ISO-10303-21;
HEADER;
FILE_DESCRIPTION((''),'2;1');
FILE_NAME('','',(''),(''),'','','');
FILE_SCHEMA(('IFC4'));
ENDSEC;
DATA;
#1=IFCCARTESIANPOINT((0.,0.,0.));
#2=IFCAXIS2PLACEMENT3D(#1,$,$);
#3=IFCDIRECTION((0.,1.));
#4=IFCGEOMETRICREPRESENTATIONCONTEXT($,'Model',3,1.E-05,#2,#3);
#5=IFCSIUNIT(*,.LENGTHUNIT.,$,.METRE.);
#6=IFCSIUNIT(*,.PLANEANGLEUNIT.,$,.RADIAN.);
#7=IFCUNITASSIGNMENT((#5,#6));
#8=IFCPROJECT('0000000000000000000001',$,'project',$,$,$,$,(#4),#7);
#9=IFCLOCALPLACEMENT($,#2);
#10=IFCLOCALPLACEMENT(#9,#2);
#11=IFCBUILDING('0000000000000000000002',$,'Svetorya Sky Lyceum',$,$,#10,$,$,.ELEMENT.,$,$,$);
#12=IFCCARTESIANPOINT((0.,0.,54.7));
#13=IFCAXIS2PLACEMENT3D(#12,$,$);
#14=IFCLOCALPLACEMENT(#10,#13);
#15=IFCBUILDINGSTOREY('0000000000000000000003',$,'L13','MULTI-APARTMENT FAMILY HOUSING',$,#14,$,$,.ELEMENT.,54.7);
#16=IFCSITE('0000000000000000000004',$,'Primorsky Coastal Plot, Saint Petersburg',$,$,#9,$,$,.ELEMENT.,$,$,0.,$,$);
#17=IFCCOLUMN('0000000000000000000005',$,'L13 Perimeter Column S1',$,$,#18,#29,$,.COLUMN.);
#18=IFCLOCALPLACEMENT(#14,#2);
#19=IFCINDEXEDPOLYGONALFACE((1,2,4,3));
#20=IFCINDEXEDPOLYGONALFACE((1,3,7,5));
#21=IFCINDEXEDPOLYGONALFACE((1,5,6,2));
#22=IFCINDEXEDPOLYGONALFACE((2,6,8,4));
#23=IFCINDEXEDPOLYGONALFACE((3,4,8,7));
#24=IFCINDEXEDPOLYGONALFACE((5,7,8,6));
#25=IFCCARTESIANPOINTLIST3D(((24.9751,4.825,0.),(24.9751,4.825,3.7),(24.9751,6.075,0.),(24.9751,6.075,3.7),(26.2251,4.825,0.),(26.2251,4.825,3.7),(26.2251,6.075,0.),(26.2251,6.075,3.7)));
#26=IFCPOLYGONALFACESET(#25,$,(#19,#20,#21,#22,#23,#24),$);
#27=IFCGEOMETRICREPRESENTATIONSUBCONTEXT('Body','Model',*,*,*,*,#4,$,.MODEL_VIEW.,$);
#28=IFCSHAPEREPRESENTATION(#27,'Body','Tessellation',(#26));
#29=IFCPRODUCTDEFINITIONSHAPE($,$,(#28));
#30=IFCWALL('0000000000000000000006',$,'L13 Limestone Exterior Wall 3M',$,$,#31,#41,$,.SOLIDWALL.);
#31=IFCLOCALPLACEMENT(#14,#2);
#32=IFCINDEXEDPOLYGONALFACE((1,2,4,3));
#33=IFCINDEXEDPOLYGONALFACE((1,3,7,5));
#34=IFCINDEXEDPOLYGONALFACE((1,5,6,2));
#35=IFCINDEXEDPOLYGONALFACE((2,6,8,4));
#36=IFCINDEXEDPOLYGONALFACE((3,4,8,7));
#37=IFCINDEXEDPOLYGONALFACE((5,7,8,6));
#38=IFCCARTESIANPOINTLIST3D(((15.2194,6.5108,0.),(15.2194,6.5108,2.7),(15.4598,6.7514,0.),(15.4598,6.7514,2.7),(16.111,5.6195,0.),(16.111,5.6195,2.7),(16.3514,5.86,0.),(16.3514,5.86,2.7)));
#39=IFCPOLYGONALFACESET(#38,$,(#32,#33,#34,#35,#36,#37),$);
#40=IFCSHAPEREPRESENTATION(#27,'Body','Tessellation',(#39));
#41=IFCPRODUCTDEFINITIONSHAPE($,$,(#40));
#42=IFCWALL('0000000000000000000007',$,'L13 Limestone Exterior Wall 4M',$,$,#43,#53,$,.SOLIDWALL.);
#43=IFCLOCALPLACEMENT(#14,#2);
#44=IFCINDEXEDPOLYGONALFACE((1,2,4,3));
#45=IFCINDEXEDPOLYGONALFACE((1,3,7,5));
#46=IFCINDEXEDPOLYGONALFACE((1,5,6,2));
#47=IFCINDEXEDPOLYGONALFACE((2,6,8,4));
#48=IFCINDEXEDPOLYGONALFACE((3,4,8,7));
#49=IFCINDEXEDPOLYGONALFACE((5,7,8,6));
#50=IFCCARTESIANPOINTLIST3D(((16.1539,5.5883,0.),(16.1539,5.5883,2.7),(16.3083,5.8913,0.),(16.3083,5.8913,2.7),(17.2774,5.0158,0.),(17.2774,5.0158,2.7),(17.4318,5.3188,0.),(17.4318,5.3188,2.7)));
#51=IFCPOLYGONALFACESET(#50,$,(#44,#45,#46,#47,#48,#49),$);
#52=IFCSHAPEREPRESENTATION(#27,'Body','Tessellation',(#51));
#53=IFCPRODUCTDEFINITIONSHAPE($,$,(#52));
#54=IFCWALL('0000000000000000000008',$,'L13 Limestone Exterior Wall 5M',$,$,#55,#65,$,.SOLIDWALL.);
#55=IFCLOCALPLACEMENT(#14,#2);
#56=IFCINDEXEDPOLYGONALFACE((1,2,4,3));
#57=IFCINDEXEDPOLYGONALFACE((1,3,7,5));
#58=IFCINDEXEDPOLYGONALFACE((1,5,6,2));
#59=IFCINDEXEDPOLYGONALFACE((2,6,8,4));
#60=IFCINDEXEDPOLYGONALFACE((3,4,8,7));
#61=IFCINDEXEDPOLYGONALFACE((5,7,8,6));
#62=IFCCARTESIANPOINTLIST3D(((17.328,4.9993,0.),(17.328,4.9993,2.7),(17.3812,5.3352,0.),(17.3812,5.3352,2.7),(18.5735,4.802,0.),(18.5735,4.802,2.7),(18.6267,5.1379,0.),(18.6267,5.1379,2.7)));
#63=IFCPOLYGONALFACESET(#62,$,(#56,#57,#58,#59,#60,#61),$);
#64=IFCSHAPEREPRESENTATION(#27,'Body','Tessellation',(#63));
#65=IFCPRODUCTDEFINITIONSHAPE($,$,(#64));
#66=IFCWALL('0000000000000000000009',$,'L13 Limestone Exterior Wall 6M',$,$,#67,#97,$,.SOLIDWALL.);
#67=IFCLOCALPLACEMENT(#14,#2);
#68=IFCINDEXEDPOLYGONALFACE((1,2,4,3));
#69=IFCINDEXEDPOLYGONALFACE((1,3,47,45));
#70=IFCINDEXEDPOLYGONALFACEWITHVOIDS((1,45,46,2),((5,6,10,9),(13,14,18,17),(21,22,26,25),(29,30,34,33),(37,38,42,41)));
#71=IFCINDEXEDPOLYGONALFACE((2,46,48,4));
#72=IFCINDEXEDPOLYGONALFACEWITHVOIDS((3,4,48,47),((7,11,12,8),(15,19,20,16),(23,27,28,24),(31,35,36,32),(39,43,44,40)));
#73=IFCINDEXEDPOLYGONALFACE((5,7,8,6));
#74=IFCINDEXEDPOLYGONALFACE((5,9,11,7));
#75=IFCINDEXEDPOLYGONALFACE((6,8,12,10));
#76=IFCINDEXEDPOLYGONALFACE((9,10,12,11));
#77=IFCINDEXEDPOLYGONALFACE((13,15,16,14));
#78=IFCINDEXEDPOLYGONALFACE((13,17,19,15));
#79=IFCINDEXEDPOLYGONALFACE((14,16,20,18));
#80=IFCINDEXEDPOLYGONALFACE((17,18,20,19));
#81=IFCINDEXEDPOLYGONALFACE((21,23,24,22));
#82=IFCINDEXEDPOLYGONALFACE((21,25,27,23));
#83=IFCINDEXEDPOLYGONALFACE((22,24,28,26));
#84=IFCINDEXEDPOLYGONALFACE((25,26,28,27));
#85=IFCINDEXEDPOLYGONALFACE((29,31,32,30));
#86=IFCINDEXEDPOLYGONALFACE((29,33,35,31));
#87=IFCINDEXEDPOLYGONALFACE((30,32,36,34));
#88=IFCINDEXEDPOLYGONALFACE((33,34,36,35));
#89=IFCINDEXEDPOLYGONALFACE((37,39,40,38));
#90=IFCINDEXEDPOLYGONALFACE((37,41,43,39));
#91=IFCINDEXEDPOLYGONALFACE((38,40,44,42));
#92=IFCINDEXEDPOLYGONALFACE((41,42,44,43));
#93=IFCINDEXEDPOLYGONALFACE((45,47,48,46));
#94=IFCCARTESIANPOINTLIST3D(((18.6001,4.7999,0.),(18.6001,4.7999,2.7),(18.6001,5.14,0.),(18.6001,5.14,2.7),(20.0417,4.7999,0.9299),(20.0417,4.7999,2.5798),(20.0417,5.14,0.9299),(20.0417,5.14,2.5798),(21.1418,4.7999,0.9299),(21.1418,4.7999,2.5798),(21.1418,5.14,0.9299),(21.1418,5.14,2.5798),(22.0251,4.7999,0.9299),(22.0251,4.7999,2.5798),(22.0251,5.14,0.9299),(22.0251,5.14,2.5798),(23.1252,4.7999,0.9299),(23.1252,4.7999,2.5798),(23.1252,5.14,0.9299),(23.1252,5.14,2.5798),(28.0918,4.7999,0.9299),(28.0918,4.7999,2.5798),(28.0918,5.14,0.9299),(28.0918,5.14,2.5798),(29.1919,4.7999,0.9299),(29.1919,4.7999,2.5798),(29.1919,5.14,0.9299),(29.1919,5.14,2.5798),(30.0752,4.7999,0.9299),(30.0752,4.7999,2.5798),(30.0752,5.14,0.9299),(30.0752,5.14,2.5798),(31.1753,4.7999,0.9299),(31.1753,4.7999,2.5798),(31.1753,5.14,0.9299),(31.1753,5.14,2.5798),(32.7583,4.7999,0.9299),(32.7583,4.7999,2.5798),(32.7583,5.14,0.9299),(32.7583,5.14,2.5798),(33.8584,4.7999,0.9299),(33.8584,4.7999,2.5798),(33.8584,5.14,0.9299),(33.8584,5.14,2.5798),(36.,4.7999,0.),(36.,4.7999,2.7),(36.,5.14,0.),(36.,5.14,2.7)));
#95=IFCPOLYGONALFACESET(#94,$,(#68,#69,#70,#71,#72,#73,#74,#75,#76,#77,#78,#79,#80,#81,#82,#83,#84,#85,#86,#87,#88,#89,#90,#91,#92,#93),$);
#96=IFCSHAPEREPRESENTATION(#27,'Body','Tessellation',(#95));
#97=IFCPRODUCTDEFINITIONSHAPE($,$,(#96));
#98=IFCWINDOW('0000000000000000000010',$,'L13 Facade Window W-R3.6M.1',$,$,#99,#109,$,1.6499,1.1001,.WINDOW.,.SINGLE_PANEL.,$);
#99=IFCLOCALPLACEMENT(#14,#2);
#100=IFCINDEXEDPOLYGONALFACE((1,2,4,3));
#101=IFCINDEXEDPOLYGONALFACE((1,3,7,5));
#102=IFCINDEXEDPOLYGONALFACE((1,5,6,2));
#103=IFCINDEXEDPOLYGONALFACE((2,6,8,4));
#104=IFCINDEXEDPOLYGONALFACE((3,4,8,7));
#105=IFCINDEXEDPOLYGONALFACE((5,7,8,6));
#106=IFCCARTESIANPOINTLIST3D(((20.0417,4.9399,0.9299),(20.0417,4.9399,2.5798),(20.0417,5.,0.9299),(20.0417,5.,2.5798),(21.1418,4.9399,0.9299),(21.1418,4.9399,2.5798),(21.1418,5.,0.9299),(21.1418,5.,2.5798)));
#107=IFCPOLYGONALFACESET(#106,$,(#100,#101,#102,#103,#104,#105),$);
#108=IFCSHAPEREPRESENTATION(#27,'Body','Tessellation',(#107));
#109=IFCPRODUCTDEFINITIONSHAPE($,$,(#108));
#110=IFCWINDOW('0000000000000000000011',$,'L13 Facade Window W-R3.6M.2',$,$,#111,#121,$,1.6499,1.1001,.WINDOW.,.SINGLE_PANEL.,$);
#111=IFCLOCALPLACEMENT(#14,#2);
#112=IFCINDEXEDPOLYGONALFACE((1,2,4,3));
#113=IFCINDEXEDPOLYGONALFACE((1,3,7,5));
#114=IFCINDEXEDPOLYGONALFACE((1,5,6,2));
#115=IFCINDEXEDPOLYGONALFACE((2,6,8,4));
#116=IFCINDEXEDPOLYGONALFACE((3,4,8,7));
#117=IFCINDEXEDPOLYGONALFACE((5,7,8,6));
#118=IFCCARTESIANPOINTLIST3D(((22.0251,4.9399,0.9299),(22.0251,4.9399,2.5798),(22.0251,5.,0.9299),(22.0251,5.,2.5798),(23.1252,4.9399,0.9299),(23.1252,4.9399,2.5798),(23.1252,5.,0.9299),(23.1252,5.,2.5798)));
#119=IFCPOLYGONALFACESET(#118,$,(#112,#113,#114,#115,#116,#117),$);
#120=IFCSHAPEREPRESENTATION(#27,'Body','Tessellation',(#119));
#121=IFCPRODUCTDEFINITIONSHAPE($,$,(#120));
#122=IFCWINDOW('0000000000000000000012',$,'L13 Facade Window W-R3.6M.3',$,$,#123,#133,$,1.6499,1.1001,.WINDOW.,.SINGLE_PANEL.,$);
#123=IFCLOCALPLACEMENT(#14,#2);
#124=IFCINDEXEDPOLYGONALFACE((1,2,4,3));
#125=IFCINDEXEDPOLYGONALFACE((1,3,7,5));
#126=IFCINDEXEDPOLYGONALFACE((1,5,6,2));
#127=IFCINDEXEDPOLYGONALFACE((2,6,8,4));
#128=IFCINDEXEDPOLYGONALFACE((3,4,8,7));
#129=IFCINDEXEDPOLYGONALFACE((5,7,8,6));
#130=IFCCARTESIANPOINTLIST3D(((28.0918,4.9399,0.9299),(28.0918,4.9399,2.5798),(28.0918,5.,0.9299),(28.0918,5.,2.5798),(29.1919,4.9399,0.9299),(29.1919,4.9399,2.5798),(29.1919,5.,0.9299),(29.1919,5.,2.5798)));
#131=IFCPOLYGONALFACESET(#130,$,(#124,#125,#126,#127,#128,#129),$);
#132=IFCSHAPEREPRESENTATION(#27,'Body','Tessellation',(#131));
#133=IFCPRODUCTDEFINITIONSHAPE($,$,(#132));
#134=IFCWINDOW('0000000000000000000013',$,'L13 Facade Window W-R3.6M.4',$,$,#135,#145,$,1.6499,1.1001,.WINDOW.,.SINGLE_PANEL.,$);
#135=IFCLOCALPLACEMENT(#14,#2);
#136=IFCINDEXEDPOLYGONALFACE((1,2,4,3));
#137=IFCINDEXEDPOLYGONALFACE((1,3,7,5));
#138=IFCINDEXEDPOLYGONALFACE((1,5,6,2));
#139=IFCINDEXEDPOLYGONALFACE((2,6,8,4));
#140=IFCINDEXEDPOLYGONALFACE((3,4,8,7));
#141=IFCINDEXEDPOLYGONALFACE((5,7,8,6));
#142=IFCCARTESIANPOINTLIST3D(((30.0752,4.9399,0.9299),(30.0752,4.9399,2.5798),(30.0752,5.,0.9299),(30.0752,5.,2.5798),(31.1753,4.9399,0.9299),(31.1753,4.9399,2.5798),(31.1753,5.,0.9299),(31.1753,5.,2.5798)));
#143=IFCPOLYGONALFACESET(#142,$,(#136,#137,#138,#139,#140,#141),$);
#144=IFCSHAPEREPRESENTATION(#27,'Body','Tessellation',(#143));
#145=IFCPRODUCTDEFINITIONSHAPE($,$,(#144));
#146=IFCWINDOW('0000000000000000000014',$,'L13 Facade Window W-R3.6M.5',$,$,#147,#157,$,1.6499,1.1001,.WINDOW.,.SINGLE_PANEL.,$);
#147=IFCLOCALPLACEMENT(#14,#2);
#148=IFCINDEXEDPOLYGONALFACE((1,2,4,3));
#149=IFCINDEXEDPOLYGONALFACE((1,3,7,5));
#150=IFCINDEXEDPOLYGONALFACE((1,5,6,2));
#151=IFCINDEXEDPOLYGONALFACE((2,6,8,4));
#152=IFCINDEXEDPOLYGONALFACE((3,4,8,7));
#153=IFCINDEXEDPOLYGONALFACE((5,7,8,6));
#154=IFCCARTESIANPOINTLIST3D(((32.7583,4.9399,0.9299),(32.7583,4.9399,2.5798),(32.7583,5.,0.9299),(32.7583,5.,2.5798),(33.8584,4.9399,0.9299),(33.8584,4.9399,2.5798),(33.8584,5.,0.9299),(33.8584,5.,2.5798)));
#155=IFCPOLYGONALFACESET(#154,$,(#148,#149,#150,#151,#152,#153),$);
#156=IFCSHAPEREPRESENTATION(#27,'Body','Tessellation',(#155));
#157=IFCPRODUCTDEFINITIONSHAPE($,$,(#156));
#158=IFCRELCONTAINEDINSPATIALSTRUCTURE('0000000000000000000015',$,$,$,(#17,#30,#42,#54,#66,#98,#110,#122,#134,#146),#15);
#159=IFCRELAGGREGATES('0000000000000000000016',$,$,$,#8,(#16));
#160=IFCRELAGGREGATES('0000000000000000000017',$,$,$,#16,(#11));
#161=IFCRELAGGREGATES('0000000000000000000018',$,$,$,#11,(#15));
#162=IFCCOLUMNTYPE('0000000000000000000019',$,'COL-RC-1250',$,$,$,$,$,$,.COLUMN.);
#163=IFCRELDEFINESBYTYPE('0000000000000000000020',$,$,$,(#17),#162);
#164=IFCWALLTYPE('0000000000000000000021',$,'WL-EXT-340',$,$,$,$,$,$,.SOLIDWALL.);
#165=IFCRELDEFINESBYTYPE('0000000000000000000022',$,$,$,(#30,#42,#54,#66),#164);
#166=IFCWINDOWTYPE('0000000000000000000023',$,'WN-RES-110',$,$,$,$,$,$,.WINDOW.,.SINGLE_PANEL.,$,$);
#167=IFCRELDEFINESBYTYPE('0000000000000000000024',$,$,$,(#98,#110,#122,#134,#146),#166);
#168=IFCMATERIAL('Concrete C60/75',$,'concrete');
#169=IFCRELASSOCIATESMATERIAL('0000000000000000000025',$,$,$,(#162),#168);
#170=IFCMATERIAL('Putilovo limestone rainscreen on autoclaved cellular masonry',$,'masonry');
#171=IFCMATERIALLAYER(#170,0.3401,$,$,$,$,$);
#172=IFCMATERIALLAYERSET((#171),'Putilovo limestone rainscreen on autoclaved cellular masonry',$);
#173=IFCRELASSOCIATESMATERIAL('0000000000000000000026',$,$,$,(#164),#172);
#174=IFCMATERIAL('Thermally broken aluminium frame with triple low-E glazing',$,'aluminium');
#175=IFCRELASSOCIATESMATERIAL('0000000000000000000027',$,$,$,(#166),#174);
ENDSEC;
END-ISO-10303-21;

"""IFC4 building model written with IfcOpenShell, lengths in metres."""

from ifc_helpers import new_model, si_unit, direction, frame, frame_2d, origin, origin_2d, place, context, subcontext, project, spatial, rectangle, extrude, material, layer, layer_set, material_profile, profile_set, type_object, element, fill, save


model = new_model("IFC4")

# Units and contexts
model_context = context("Model", 3, precision=1e-05, world=origin(), true_north=direction((0.0, 1.0)))
body_context = subcontext(model_context, "Body", "Model", "MODEL_VIEW")
ifc_project = project(units=[si_unit("LENGTHUNIT", "METRE"), si_unit("PLANEANGLEUNIT", "RADIAN")], contexts=[model_context])

# Site, building, storey
site_placement = place(None, origin())
site = spatial("IfcSite", under=ifc_project, at=site_placement, Name="Primorsky Coastal Plot, Saint Petersburg", CompositionType="ELEMENT", RefElevation=0.0)
building_placement = place(site_placement, origin())
building = spatial("IfcBuilding", under=site, at=building_placement, Name="Svetorya Sky Lyceum", CompositionType="ELEMENT")
storey_placement = place(building_placement, frame((0.0, 0.0, 54.7)))
storey = spatial("IfcBuildingStorey", under=building, at=storey_placement, Name="L13", Description="MULTI-APARTMENT FAMILY HOUSING", CompositionType="ELEMENT", Elevation=54.7)

# Column
ifc_material_1 = material(Name="Concrete C60/75", Category="concrete")
ifc_material_profile = material_profile(ifc_material_1, rectangle(XDim=1.25, YDim=1.25, at=origin_2d()), Name="RC COL 1250x1250")
ifc_profile_set = profile_set([ifc_material_profile], Name="Concrete C60/75")
column_type = type_object("IfcColumnType", Name="COL-RC-1250", PredefinedType="COLUMN", material=ifc_profile_set)
column_placement = place(storey_placement, frame((25.6001, 5.45, 0.0), z_axis=(0.0, 0.0, 1.0), x_axis=(1.0, 0.0, 0.0)))
element("IfcColumn", 1, at=column_placement, inside=storey, type_object=column_type, Name="L13 Perimeter Column S1", PredefinedType="COLUMN", context=body_context, shape_type="SweptSolid", body=[
    extrude(rectangle(XDim=1.25, YDim=1.25, at=origin_2d()), origin(), (0.0, 0.0, 1.0), 3.7),
])

# Walls
ifc_material_2 = material(Name="Putilovo limestone rainscreen on autoclaved cellular masonry", Category="masonry")
ifc_layer_1 = layer(ifc_material_2, 0.3401)
ifc_layer_set_1 = layer_set([ifc_layer_1], Name="Putilovo limestone rainscreen on autoclaved cellular masonry")
wall_type_1 = type_object("IfcWallType", Name="WL-EXT-340", PredefinedType="SOLIDWALL", material=ifc_layer_set_1)
wall_1_placement = place(storey_placement, frame((15.3396, 6.6311, 0.0), z_axis=(0.0, 0.0, 1.0), x_axis=(0.707204, -0.70701, 0.0)))
element("IfcWall", 2, at=wall_1_placement, inside=storey, type_object=wall_type_1, Name="L13 Limestone Exterior Wall 3M", PredefinedType="SOLIDWALL", context=body_context, shape_type="SweptSolid", body=[
    extrude(rectangle(XDim=1.2607, YDim=0.3401, at=frame_2d((0.6304, 0.0))), origin(), (0.0, 0.0, 1.0), 2.7),
])
for number, where, z_axis, x_axis, name in (
    (3, (16.2312, 5.7397, 0.0), (0.0, 0.0, 1.0), (0.890994, -0.454016, 0.0), "L13 Limestone Exterior Wall 4M"),
    (4, (17.3547, 5.1672, 0.0), (0.0, 0.0, 1.0), (0.987686, -0.15645, 0.0), "L13 Limestone Exterior Wall 5M"),
):
    element("IfcWall", number, at=place(storey_placement, frame(where, z_axis=z_axis, x_axis=x_axis)), inside=storey, type_object=wall_type_1, Name=name, PredefinedType="SOLIDWALL", context=body_context, shape_type="SweptSolid", body=[
        extrude(rectangle(XDim=1.261, YDim=0.3401, at=frame_2d((0.6304, 0.0))), origin(), (0.0, 0.0, 1.0), 2.7),
    ])

# Wall, openings, windows
wall_2_placement = place(storey_placement, frame((18.6001, 4.97, 0.0), z_axis=(0.0, 0.0, 1.0), x_axis=(1.0, 0.0, 0.0)))
wall_2 = element("IfcWall", 5, at=wall_2_placement, inside=storey, type_object=wall_type_1, Name="L13 Limestone Exterior Wall 6M", PredefinedType="SOLIDWALL", context=body_context, shape_type="SweptSolid", body=[
    extrude(rectangle(XDim=17.3999, YDim=0.3401, at=frame_2d((8.7, 0.0))), origin(), (0.0, 0.0, 1.0), 2.7),
])
opening_1_placement = place(wall_2_placement, frame((1.4417, 0.0, 0.9299)))
opening_1 = element("IfcOpeningElement", 6, at=opening_1_placement, cuts=wall_2, PredefinedType="OPENING", context=body_context, shape_type="SweptSolid", body=[
    extrude(rectangle(XDim=1.1001, YDim=1.6499, at=frame_2d((0.55, 0.825))), frame((0.0, 0.1799, 0.0), z_axis=(0.0, -1.0, 0.0), x_axis=(1.0, 0.0, 0.0)), (0.0, 0.0, 1.0), 0.3601),
])
opening_2_placement = place(wall_2_placement, frame((3.425, 0.0, 0.9299)))
opening_2 = element("IfcOpeningElement", 7, at=opening_2_placement, cuts=wall_2, PredefinedType="OPENING", context=body_context, shape_type="SweptSolid", body=[
    extrude(rectangle(XDim=1.1001, YDim=1.6499, at=frame_2d((0.55, 0.825))), frame((0.0, 0.1799, 0.0), z_axis=(0.0, -1.0, 0.0), x_axis=(1.0, 0.0, 0.0)), (0.0, 0.0, 1.0), 0.3601),
])
opening_3_placement = place(wall_2_placement, frame((9.4917, 0.0, 0.9299)))
opening_3 = element("IfcOpeningElement", 8, at=opening_3_placement, cuts=wall_2, PredefinedType="OPENING", context=body_context, shape_type="SweptSolid", body=[
    extrude(rectangle(XDim=1.1001, YDim=1.6499, at=frame_2d((0.55, 0.825))), frame((0.0, 0.1799, 0.0), z_axis=(0.0, -1.0, 0.0), x_axis=(1.0, 0.0, 0.0)), (0.0, 0.0, 1.0), 0.3601),
])
opening_4_placement = place(wall_2_placement, frame((11.4751, 0.0, 0.9299)))
opening_4 = element("IfcOpeningElement", 9, at=opening_4_placement, cuts=wall_2, PredefinedType="OPENING", context=body_context, shape_type="SweptSolid", body=[
    extrude(rectangle(XDim=1.1001, YDim=1.6499, at=frame_2d((0.55, 0.825))), frame((0.0, 0.1799, 0.0), z_axis=(0.0, -1.0, 0.0), x_axis=(1.0, 0.0, 0.0)), (0.0, 0.0, 1.0), 0.3601),
])
opening_5_placement = place(wall_2_placement, frame((14.1582, 0.0, 0.9299)))
opening_5 = element("IfcOpeningElement", 10, at=opening_5_placement, cuts=wall_2, PredefinedType="OPENING", context=body_context, shape_type="SweptSolid", body=[
    extrude(rectangle(XDim=1.1001, YDim=1.6499, at=frame_2d((0.55, 0.825))), frame((0.0, 0.1799, 0.0), z_axis=(0.0, -1.0, 0.0), x_axis=(1.0, 0.0, 0.0)), (0.0, 0.0, 1.0), 0.3601),
])
ifc_material_3 = material(Name="Thermally broken aluminium frame with triple low-E glazing", Category="aluminium")
window_type = type_object("IfcWindowType", Name="WN-RES-110", PartitioningType="SINGLE_PANEL", PredefinedType="WINDOW", material=ifc_material_3)
window_1_placement = place(opening_1_placement, origin())
window_1 = element("IfcWindow", 11, at=window_1_placement, inside=storey, type_object=window_type, Name="L13 Facade Window W-R3.6M.1", OverallHeight=1.6499, OverallWidth=1.1001, PartitioningType="SINGLE_PANEL", PredefinedType="WINDOW", context=body_context, shape_type="SweptSolid", body=[
    extrude(rectangle(XDim=1.1001, YDim=1.6499, at=frame_2d((0.55, 0.825))), frame((0.0, 0.03, 0.0), z_axis=(0.0, -1.0, 0.0), x_axis=(1.0, 0.0, 0.0)), (0.0, 0.0, 1.0), 0.0601),
])
fill(opening_1, window_1)
window_2_placement = place(opening_2_placement, origin())
window_2 = element("IfcWindow", 12, at=window_2_placement, inside=storey, type_object=window_type, Name="L13 Facade Window W-R3.6M.2", OverallHeight=1.6499, OverallWidth=1.1001, PartitioningType="SINGLE_PANEL", PredefinedType="WINDOW", context=body_context, shape_type="SweptSolid", body=[
    extrude(rectangle(XDim=1.1001, YDim=1.6499, at=frame_2d((0.55, 0.825))), frame((0.0, 0.03, 0.0), z_axis=(0.0, -1.0, 0.0), x_axis=(1.0, 0.0, 0.0)), (0.0, 0.0, 1.0), 0.0601),
])
fill(opening_2, window_2)
window_3_placement = place(opening_3_placement, origin())
window_3 = element("IfcWindow", 13, at=window_3_placement, inside=storey, type_object=window_type, Name="L13 Facade Window W-R3.6M.3", OverallHeight=1.6499, OverallWidth=1.1001, PartitioningType="SINGLE_PANEL", PredefinedType="WINDOW", context=body_context, shape_type="SweptSolid", body=[
    extrude(rectangle(XDim=1.1001, YDim=1.6499, at=frame_2d((0.55, 0.825))), frame((0.0, 0.03, 0.0), z_axis=(0.0, -1.0, 0.0), x_axis=(1.0, 0.0, 0.0)), (0.0, 0.0, 1.0), 0.0601),
])
fill(opening_3, window_3)
window_4_placement = place(opening_4_placement, origin())
window_4 = element("IfcWindow", 14, at=window_4_placement, inside=storey, type_object=window_type, Name="L13 Facade Window W-R3.6M.4", OverallHeight=1.6499, OverallWidth=1.1001, PartitioningType="SINGLE_PANEL", PredefinedType="WINDOW", context=body_context, shape_type="SweptSolid", body=[
    extrude(rectangle(XDim=1.1001, YDim=1.6499, at=frame_2d((0.55, 0.825))), frame((0.0, 0.03, 0.0), z_axis=(0.0, -1.0, 0.0), x_axis=(1.0, 0.0, 0.0)), (0.0, 0.0, 1.0), 0.0601),
])
fill(opening_4, window_4)
window_5_placement = place(opening_5_placement, origin())
window_5 = element("IfcWindow", 15, at=window_5_placement, inside=storey, type_object=window_type, Name="L13 Facade Window W-R3.6M.5", OverallHeight=1.6499, OverallWidth=1.1001, PartitioningType="SINGLE_PANEL", PredefinedType="WINDOW", context=body_context, shape_type="SweptSolid", body=[
    extrude(rectangle(XDim=1.1001, YDim=1.6499, at=frame_2d((0.55, 0.825))), frame((0.0, 0.03, 0.0), z_axis=(0.0, -1.0, 0.0), x_axis=(1.0, 0.0, 0.0)), (0.0, 0.0, 1.0), 0.0601),
])
fill(opening_5, window_5)

save(model, "model.ifc")
